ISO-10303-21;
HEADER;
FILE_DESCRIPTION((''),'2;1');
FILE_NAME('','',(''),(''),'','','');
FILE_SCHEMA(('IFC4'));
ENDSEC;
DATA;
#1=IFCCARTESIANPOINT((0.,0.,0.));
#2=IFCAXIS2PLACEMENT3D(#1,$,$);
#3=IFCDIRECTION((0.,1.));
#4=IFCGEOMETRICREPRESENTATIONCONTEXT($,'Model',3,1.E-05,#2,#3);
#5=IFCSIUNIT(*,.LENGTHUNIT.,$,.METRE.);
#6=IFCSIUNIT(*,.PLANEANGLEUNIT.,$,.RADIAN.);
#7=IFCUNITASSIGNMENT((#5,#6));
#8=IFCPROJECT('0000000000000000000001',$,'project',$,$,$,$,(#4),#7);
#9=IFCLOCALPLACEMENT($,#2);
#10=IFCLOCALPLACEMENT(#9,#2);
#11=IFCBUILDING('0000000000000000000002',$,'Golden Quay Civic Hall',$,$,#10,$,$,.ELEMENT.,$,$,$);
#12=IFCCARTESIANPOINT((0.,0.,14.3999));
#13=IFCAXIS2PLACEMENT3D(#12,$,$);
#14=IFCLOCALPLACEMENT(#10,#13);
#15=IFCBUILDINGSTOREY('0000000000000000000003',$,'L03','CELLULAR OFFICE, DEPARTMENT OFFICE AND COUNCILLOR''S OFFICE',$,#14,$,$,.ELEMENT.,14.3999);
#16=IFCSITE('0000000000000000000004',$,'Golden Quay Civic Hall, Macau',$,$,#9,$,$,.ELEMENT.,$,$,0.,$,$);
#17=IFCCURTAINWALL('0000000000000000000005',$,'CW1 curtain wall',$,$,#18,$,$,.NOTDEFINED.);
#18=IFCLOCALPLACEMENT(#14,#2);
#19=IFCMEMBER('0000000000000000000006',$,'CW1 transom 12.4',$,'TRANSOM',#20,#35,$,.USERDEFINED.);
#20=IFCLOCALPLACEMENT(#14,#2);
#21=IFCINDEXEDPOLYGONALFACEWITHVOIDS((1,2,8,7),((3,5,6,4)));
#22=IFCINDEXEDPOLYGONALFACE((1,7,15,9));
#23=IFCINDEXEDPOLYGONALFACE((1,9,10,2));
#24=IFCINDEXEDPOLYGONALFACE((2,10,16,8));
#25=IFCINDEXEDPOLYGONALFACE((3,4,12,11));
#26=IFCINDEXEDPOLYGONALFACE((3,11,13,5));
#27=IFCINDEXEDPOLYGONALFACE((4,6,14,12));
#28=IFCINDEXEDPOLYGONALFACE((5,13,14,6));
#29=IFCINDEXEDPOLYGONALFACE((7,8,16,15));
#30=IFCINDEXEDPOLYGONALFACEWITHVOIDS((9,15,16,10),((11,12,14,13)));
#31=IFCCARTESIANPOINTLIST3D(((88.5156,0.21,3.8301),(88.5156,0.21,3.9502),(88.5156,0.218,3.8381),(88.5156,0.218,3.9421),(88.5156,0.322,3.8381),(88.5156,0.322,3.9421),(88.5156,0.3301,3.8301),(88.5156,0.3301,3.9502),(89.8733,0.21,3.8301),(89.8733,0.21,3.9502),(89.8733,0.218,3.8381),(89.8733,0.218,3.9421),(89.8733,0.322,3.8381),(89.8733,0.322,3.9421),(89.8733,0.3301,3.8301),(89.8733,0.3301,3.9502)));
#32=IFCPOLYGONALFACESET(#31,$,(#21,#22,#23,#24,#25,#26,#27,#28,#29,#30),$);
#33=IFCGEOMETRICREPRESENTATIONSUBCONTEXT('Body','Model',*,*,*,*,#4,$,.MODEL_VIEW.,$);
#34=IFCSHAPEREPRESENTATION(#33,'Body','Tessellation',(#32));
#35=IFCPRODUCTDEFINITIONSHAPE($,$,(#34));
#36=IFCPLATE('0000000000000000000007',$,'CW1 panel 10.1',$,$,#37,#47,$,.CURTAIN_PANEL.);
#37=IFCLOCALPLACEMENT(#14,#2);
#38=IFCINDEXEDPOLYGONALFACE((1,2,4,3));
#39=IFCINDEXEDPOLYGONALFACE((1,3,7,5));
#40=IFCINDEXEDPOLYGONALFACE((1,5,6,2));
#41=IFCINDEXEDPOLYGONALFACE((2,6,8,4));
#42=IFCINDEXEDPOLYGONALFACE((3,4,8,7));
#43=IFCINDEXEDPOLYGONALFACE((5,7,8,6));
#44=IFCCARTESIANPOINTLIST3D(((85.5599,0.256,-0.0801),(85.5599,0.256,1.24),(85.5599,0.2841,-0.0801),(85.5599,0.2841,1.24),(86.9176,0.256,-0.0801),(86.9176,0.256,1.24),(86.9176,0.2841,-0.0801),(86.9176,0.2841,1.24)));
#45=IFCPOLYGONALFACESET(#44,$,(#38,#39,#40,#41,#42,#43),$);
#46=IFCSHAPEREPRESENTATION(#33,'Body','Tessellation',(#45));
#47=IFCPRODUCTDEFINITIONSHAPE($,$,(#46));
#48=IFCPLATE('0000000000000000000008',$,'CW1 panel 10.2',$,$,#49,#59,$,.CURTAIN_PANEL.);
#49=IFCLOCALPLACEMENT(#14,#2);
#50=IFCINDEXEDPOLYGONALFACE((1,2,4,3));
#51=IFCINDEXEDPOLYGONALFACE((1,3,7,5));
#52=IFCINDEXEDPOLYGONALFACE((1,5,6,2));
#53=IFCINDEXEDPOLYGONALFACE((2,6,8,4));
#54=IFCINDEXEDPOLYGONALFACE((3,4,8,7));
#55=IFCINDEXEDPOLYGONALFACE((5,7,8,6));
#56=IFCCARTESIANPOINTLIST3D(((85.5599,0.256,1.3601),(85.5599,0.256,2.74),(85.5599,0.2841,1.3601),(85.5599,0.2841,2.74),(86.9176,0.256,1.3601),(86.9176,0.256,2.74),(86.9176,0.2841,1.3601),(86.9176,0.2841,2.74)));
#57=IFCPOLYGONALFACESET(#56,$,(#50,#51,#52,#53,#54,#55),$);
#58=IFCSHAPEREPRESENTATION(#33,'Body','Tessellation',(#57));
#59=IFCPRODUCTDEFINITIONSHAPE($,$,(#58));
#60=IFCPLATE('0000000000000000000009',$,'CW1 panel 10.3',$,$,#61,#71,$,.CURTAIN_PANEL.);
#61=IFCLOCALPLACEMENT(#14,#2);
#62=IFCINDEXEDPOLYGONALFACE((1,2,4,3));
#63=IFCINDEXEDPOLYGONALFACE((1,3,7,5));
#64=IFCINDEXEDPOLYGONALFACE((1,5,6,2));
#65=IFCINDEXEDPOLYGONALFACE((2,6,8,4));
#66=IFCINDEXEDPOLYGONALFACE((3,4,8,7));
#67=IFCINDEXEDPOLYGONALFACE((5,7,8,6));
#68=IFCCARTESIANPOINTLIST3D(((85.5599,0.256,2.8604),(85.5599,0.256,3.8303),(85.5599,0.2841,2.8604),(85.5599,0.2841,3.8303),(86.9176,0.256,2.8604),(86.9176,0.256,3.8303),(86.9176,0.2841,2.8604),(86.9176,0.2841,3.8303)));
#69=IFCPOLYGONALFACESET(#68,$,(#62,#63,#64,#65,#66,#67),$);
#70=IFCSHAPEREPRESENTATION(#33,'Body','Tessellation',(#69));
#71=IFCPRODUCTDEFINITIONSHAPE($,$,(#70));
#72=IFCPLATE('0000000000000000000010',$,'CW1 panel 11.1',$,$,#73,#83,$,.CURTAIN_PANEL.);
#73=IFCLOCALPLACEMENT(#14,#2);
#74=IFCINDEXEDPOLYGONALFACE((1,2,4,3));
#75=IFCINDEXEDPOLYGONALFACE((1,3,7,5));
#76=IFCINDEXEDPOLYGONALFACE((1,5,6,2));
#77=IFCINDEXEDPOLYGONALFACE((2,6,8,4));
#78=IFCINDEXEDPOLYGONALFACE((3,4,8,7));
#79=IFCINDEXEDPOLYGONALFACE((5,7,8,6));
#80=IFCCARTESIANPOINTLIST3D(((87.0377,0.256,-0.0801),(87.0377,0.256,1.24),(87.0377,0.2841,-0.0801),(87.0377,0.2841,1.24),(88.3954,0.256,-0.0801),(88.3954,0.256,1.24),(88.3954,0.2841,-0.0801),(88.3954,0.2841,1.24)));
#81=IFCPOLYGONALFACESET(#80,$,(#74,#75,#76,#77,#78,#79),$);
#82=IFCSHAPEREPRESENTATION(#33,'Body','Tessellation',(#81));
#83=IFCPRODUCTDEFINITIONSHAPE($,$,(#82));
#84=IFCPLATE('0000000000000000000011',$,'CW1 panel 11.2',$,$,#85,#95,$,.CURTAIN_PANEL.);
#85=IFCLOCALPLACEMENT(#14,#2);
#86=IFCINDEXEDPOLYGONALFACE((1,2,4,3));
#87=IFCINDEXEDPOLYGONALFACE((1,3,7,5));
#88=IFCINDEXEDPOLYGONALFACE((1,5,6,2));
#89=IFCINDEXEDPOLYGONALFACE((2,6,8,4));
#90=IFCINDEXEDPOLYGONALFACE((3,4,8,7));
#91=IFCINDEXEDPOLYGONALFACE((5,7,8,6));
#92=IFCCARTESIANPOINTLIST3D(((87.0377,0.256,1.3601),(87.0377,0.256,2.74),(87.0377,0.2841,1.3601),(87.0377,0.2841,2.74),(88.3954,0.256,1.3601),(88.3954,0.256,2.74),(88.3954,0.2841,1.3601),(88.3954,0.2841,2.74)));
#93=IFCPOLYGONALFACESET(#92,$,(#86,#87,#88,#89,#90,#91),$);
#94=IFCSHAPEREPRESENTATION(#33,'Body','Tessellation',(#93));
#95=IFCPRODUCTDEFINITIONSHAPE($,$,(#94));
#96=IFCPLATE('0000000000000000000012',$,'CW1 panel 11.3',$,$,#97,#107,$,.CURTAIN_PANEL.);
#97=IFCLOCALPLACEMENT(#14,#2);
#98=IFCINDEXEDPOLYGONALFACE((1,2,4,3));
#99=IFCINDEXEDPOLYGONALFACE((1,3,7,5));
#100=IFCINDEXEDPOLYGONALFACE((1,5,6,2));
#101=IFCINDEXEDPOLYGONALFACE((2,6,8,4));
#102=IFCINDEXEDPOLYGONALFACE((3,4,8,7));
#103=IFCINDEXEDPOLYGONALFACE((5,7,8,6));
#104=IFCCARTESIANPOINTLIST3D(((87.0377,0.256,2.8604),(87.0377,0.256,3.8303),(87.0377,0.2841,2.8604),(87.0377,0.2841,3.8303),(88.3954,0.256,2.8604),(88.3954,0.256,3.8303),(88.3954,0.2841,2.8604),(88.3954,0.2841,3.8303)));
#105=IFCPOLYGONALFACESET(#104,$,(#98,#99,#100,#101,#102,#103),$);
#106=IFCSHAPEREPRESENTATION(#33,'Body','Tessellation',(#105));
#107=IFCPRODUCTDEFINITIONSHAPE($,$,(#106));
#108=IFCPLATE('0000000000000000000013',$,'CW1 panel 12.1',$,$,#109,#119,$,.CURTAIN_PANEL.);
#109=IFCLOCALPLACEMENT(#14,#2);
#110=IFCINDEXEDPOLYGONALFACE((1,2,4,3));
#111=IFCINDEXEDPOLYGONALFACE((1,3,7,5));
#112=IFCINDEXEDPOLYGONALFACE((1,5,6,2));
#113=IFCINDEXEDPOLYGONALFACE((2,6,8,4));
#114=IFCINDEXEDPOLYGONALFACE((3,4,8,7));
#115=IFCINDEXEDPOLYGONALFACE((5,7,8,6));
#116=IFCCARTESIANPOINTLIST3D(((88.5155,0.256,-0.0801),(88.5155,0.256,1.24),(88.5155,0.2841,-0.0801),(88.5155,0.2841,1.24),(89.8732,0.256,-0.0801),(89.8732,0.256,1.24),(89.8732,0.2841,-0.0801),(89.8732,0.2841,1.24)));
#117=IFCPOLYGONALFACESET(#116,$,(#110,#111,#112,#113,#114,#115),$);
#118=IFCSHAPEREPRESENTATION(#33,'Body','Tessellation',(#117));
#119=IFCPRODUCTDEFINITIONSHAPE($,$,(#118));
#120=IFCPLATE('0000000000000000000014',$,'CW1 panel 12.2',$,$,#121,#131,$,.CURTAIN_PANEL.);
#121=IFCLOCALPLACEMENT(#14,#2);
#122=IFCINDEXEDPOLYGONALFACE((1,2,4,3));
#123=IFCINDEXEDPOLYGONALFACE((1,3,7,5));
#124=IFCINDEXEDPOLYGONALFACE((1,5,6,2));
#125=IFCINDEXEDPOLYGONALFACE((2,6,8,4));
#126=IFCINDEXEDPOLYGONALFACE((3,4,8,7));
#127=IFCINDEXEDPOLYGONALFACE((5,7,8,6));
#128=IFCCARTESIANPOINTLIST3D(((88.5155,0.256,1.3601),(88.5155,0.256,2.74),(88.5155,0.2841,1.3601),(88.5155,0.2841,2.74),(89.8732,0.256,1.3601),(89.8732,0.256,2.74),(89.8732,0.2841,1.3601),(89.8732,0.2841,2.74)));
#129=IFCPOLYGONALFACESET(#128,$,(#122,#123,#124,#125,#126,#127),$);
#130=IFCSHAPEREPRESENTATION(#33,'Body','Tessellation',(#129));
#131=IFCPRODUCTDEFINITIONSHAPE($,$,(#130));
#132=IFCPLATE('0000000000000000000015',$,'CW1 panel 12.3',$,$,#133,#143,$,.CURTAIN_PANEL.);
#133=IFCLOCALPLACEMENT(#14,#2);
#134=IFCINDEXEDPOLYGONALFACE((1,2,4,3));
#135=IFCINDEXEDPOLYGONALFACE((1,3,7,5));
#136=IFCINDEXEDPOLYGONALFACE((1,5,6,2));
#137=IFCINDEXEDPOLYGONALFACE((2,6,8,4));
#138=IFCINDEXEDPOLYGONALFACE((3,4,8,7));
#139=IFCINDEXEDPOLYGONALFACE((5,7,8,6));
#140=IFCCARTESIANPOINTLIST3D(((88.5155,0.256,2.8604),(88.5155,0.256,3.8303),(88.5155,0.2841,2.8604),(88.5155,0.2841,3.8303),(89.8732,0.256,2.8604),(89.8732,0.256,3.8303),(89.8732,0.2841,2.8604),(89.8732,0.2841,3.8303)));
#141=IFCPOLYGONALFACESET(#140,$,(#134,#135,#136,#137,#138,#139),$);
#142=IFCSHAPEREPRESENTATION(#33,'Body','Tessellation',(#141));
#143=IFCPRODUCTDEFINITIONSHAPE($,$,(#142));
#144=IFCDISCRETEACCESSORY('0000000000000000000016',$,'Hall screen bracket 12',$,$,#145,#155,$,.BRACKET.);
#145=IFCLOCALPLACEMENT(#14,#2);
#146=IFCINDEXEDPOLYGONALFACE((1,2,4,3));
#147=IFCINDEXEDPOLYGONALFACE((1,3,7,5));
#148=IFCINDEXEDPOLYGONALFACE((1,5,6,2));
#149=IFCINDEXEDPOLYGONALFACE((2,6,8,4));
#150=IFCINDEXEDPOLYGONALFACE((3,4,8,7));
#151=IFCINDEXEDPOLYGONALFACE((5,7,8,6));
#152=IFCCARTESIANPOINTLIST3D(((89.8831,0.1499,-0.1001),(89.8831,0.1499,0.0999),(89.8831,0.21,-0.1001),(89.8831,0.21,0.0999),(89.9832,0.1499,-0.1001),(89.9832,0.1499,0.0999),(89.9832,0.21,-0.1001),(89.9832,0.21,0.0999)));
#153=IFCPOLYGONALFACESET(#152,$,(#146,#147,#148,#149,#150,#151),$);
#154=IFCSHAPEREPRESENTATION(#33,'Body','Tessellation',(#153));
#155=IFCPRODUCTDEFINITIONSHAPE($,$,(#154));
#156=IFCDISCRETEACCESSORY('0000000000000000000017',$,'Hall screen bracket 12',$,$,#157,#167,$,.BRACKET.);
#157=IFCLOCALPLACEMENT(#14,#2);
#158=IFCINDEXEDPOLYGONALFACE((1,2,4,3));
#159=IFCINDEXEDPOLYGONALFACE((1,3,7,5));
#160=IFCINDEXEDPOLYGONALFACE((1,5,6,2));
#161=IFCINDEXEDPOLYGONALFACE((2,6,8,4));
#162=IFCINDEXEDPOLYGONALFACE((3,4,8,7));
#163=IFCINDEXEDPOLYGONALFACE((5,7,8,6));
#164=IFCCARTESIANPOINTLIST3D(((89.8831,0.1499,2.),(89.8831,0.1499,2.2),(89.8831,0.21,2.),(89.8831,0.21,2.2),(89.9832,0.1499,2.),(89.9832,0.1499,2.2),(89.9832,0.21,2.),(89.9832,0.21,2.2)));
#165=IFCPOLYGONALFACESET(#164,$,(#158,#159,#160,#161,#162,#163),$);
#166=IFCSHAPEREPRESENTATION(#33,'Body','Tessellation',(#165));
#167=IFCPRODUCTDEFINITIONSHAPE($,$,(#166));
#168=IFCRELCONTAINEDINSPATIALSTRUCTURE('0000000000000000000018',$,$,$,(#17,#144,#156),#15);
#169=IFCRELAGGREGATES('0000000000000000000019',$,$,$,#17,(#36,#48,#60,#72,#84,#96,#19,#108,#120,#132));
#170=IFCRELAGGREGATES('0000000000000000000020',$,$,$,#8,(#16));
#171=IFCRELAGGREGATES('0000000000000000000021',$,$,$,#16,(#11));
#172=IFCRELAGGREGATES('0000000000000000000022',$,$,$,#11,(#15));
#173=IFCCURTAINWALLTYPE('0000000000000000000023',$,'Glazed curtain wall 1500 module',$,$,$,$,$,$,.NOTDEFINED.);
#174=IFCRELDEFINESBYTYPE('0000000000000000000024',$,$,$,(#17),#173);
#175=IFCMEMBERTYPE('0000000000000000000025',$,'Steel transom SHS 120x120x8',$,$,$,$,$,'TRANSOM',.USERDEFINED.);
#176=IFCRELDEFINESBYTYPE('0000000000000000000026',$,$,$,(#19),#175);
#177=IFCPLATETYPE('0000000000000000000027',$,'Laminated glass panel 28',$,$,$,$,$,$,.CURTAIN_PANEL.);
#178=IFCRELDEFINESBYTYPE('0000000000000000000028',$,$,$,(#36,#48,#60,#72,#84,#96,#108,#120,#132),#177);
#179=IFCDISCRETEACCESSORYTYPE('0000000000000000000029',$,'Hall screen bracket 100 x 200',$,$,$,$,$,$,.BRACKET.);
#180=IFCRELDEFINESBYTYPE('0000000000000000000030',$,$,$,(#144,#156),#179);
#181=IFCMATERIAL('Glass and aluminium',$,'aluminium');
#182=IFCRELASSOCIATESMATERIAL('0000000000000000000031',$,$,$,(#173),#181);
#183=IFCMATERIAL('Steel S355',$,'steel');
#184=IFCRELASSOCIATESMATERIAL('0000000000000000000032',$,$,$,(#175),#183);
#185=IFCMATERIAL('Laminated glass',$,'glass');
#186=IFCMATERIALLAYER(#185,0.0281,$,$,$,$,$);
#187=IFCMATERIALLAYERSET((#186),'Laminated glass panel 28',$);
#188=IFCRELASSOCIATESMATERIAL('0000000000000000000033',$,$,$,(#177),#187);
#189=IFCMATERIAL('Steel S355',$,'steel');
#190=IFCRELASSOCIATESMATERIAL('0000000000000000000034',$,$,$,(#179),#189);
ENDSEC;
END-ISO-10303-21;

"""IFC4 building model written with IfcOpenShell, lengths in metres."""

from ifc_helpers import new_model, si_unit, direction, frame, origin, origin_2d, place, context, subcontext, project, spatial, rectangle, hollow_rectangle, extrude, material, layer, layer_set, material_profile, profile_set, type_object, element, aggregate, save


model = new_model("IFC4")

# Units and contexts
model_context = context("Model", 3, precision=1e-05, world=origin(), true_north=direction((0.0, 1.0)))
body_context = subcontext(model_context, "Body", "Model", "MODEL_VIEW")
ifc_project = project(units=[si_unit("LENGTHUNIT", "METRE"), si_unit("PLANEANGLEUNIT", "RADIAN")], contexts=[model_context])

# Site, building, storey
site_placement = place(None, origin())
site = spatial("IfcSite", under=ifc_project, at=site_placement, Name="Golden Quay Civic Hall, Macau", CompositionType="ELEMENT", RefElevation=0.0)
building_placement = place(site_placement, origin())
building = spatial("IfcBuilding", under=site, at=building_placement, Name="Golden Quay Civic Hall", CompositionType="ELEMENT")
storey_placement = place(building_placement, frame((0.0, 0.0, 14.3999)))
storey = spatial("IfcBuildingStorey", under=building, at=storey_placement, Name="L03", Description="CELLULAR OFFICE, DEPARTMENT OFFICE AND COUNCILLOR'S OFFICE", CompositionType="ELEMENT", Elevation=14.3999)

# Curtain wall, member, plates
ifc_material_1 = material(Name="Glass and aluminium", Category="aluminium")
curtain_wall_type = type_object("IfcCurtainWallType", Name="Glazed curtain wall 1500 module", PredefinedType="NOTDEFINED", material=ifc_material_1)
curtain_wall_placement = place(storey_placement, origin())
curtain_wall = element("IfcCurtainWall", 1, at=curtain_wall_placement, inside=storey, type_object=curtain_wall_type, Name="CW1 curtain wall", PredefinedType="NOTDEFINED")
ifc_material_2 = material(Name="Steel S355", Category="steel")
ifc_material_profile_1 = material_profile(ifc_material_2, hollow_rectangle(XDim=0.1201, YDim=0.1201, WallThickness=0.0081, at=origin_2d()), Name="SHS 120x120x8")
ifc_profile_set_1 = profile_set([ifc_material_profile_1], Name="Steel S355")
member_type_1 = type_object("IfcMemberType", Name="Steel transom SHS 120x120x8", ElementType="TRANSOM", PredefinedType="USERDEFINED", material=ifc_profile_set_1)
member_1_placement = place(storey_placement, frame((88.5156, 0.27, 3.8901), z_axis=(1.0, 0.0, 0.0), x_axis=(0.0, 1.0, 0.0)))
member_1 = element("IfcMember", 2, at=member_1_placement, type_object=member_type_1, Name="CW1 transom 12.4", ObjectType="TRANSOM", PredefinedType="USERDEFINED", context=body_context, shape_type="SweptSolid", body=[
    extrude(hollow_rectangle(XDim=0.1201, YDim=0.1201, WallThickness=0.0081, at=origin_2d()), origin(), (0.0, 0.0, 1.0), 1.3577),
])
ifc_material_3 = material(Name="Laminated glass", Category="glass")
ifc_layer_1 = layer(ifc_material_3, 0.0281)
ifc_layer_set_1 = layer_set([ifc_layer_1], Name="Laminated glass panel 28")
plate_type_1 = type_object("IfcPlateType", Name="Laminated glass panel 28", PredefinedType="CURTAIN_PANEL", material=ifc_layer_set_1)
plate_1_placement = place(storey_placement, frame((86.2388, 0.27, -0.0801), z_axis=(0.0, 0.0, 1.0), x_axis=(1.0, 0.0, 0.0)))
plate_1 = element("IfcPlate", 3, at=plate_1_placement, type_object=plate_type_1, Name="CW1 panel 10.1", PredefinedType="CURTAIN_PANEL", context=body_context, shape_type="SweptSolid", body=[
    extrude(rectangle(XDim=1.3577, YDim=0.0281, at=origin_2d()), origin(), (0.0, 0.0, 1.0), 1.3201),
])
plate_2_placement = place(storey_placement, frame((86.2388, 0.27, 1.3601), z_axis=(0.0, 0.0, 1.0), x_axis=(1.0, 0.0, 0.0)))
plate_2 = element("IfcPlate", 4, at=plate_2_placement, type_object=plate_type_1, Name="CW1 panel 10.2", PredefinedType="CURTAIN_PANEL", context=body_context, shape_type="SweptSolid", body=[
    extrude(rectangle(XDim=1.3577, YDim=0.0281, at=origin_2d()), origin(), (0.0, 0.0, 1.0), 1.3799),
])
plate_3_placement = place(storey_placement, frame((86.2388, 0.27, 2.8604), z_axis=(0.0, 0.0, 1.0), x_axis=(1.0, 0.0, 0.0)))
plate_3 = element("IfcPlate", 5, at=plate_3_placement, type_object=plate_type_1, Name="CW1 panel 10.3", PredefinedType="CURTAIN_PANEL", context=body_context, shape_type="SweptSolid", body=[
    extrude(rectangle(XDim=1.3577, YDim=0.0281, at=origin_2d()), origin(), (0.0, 0.0, 1.0), 0.97),
])
plate_4_placement = place(storey_placement, frame((87.7166, 0.27, -0.0801), z_axis=(0.0, 0.0, 1.0), x_axis=(1.0, 0.0, 0.0)))
plate_4 = element("IfcPlate", 6, at=plate_4_placement, type_object=plate_type_1, Name="CW1 panel 11.1", PredefinedType="CURTAIN_PANEL", context=body_context, shape_type="SweptSolid", body=[
    extrude(rectangle(XDim=1.3577, YDim=0.0281, at=origin_2d()), origin(), (0.0, 0.0, 1.0), 1.3201),
])
plate_5_placement = place(storey_placement, frame((87.7166, 0.27, 1.3601), z_axis=(0.0, 0.0, 1.0), x_axis=(1.0, 0.0, 0.0)))
plate_5 = element("IfcPlate", 7, at=plate_5_placement, type_object=plate_type_1, Name="CW1 panel 11.2", PredefinedType="CURTAIN_PANEL", context=body_context, shape_type="SweptSolid", body=[
    extrude(rectangle(XDim=1.3577, YDim=0.0281, at=origin_2d()), origin(), (0.0, 0.0, 1.0), 1.3799),
])
plate_6_placement = place(storey_placement, frame((87.7166, 0.27, 2.8604), z_axis=(0.0, 0.0, 1.0), x_axis=(1.0, 0.0, 0.0)))
plate_6 = element("IfcPlate", 8, at=plate_6_placement, type_object=plate_type_1, Name="CW1 panel 11.3", PredefinedType="CURTAIN_PANEL", context=body_context, shape_type="SweptSolid", body=[
    extrude(rectangle(XDim=1.3577, YDim=0.0281, at=origin_2d()), origin(), (0.0, 0.0, 1.0), 0.97),
])
plate_7_placement = place(storey_placement, frame((89.1943, 0.27, -0.0801), z_axis=(0.0, 0.0, 1.0), x_axis=(1.0, 0.0, 0.0)))
plate_7 = element("IfcPlate", 9, at=plate_7_placement, type_object=plate_type_1, Name="CW1 panel 12.1", PredefinedType="CURTAIN_PANEL", context=body_context, shape_type="SweptSolid", body=[
    extrude(rectangle(XDim=1.3577, YDim=0.0281, at=origin_2d()), origin(), (0.0, 0.0, 1.0), 1.3201),
])
plate_8_placement = place(storey_placement, frame((89.1943, 0.27, 1.3601), z_axis=(0.0, 0.0, 1.0), x_axis=(1.0, 0.0, 0.0)))
plate_8 = element("IfcPlate", 10, at=plate_8_placement, type_object=plate_type_1, Name="CW1 panel 12.2", PredefinedType="CURTAIN_PANEL", context=body_context, shape_type="SweptSolid", body=[
    extrude(rectangle(XDim=1.3577, YDim=0.0281, at=origin_2d()), origin(), (0.0, 0.0, 1.0), 1.3799),
])
plate_9_placement = place(storey_placement, frame((89.1943, 0.27, 2.8604), z_axis=(0.0, 0.0, 1.0), x_axis=(1.0, 0.0, 0.0)))
plate_9 = element("IfcPlate", 11, at=plate_9_placement, type_object=plate_type_1, Name="CW1 panel 12.3", PredefinedType="CURTAIN_PANEL", context=body_context, shape_type="SweptSolid", body=[
    extrude(rectangle(XDim=1.3577, YDim=0.0281, at=origin_2d()), origin(), (0.0, 0.0, 1.0), 0.97),
])
aggregate(curtain_wall, [plate_1, plate_2, plate_3, plate_4, plate_5, plate_6, member_1, plate_7, plate_8, plate_9])

# Discrete accessories
ifc_material_4 = material(Name="Steel S355", Category="steel")
discrete_accessory_type = type_object("IfcDiscreteAccessoryType", Name="Hall screen bracket 100 x 200", PredefinedType="BRACKET", material=ifc_material_4)
for number, where, z_axis, x_axis, name in (
    (12, (89.9331, 0.1799, -0.1001), (0.0, 0.0, 1.0), (1.0, 0.0, 0.0), "Hall screen bracket 12"),
    (13, (89.9331, 0.1799, 2.0), (0.0, 0.0, 1.0), (1.0, 0.0, 0.0), "Hall screen bracket 12"),
):
    element("IfcDiscreteAccessory", number, at=place(storey_placement, frame(where, z_axis=z_axis, x_axis=x_axis)), inside=storey, type_object=discrete_accessory_type, Name=name, PredefinedType="BRACKET", context=body_context, shape_type="SweptSolid", body=[
        extrude(rectangle(XDim=0.1001, YDim=0.0601, at=origin_2d()), origin(), (0.0, 0.0, 1.0), 0.2),
    ])

save(model, "model.ifc")
